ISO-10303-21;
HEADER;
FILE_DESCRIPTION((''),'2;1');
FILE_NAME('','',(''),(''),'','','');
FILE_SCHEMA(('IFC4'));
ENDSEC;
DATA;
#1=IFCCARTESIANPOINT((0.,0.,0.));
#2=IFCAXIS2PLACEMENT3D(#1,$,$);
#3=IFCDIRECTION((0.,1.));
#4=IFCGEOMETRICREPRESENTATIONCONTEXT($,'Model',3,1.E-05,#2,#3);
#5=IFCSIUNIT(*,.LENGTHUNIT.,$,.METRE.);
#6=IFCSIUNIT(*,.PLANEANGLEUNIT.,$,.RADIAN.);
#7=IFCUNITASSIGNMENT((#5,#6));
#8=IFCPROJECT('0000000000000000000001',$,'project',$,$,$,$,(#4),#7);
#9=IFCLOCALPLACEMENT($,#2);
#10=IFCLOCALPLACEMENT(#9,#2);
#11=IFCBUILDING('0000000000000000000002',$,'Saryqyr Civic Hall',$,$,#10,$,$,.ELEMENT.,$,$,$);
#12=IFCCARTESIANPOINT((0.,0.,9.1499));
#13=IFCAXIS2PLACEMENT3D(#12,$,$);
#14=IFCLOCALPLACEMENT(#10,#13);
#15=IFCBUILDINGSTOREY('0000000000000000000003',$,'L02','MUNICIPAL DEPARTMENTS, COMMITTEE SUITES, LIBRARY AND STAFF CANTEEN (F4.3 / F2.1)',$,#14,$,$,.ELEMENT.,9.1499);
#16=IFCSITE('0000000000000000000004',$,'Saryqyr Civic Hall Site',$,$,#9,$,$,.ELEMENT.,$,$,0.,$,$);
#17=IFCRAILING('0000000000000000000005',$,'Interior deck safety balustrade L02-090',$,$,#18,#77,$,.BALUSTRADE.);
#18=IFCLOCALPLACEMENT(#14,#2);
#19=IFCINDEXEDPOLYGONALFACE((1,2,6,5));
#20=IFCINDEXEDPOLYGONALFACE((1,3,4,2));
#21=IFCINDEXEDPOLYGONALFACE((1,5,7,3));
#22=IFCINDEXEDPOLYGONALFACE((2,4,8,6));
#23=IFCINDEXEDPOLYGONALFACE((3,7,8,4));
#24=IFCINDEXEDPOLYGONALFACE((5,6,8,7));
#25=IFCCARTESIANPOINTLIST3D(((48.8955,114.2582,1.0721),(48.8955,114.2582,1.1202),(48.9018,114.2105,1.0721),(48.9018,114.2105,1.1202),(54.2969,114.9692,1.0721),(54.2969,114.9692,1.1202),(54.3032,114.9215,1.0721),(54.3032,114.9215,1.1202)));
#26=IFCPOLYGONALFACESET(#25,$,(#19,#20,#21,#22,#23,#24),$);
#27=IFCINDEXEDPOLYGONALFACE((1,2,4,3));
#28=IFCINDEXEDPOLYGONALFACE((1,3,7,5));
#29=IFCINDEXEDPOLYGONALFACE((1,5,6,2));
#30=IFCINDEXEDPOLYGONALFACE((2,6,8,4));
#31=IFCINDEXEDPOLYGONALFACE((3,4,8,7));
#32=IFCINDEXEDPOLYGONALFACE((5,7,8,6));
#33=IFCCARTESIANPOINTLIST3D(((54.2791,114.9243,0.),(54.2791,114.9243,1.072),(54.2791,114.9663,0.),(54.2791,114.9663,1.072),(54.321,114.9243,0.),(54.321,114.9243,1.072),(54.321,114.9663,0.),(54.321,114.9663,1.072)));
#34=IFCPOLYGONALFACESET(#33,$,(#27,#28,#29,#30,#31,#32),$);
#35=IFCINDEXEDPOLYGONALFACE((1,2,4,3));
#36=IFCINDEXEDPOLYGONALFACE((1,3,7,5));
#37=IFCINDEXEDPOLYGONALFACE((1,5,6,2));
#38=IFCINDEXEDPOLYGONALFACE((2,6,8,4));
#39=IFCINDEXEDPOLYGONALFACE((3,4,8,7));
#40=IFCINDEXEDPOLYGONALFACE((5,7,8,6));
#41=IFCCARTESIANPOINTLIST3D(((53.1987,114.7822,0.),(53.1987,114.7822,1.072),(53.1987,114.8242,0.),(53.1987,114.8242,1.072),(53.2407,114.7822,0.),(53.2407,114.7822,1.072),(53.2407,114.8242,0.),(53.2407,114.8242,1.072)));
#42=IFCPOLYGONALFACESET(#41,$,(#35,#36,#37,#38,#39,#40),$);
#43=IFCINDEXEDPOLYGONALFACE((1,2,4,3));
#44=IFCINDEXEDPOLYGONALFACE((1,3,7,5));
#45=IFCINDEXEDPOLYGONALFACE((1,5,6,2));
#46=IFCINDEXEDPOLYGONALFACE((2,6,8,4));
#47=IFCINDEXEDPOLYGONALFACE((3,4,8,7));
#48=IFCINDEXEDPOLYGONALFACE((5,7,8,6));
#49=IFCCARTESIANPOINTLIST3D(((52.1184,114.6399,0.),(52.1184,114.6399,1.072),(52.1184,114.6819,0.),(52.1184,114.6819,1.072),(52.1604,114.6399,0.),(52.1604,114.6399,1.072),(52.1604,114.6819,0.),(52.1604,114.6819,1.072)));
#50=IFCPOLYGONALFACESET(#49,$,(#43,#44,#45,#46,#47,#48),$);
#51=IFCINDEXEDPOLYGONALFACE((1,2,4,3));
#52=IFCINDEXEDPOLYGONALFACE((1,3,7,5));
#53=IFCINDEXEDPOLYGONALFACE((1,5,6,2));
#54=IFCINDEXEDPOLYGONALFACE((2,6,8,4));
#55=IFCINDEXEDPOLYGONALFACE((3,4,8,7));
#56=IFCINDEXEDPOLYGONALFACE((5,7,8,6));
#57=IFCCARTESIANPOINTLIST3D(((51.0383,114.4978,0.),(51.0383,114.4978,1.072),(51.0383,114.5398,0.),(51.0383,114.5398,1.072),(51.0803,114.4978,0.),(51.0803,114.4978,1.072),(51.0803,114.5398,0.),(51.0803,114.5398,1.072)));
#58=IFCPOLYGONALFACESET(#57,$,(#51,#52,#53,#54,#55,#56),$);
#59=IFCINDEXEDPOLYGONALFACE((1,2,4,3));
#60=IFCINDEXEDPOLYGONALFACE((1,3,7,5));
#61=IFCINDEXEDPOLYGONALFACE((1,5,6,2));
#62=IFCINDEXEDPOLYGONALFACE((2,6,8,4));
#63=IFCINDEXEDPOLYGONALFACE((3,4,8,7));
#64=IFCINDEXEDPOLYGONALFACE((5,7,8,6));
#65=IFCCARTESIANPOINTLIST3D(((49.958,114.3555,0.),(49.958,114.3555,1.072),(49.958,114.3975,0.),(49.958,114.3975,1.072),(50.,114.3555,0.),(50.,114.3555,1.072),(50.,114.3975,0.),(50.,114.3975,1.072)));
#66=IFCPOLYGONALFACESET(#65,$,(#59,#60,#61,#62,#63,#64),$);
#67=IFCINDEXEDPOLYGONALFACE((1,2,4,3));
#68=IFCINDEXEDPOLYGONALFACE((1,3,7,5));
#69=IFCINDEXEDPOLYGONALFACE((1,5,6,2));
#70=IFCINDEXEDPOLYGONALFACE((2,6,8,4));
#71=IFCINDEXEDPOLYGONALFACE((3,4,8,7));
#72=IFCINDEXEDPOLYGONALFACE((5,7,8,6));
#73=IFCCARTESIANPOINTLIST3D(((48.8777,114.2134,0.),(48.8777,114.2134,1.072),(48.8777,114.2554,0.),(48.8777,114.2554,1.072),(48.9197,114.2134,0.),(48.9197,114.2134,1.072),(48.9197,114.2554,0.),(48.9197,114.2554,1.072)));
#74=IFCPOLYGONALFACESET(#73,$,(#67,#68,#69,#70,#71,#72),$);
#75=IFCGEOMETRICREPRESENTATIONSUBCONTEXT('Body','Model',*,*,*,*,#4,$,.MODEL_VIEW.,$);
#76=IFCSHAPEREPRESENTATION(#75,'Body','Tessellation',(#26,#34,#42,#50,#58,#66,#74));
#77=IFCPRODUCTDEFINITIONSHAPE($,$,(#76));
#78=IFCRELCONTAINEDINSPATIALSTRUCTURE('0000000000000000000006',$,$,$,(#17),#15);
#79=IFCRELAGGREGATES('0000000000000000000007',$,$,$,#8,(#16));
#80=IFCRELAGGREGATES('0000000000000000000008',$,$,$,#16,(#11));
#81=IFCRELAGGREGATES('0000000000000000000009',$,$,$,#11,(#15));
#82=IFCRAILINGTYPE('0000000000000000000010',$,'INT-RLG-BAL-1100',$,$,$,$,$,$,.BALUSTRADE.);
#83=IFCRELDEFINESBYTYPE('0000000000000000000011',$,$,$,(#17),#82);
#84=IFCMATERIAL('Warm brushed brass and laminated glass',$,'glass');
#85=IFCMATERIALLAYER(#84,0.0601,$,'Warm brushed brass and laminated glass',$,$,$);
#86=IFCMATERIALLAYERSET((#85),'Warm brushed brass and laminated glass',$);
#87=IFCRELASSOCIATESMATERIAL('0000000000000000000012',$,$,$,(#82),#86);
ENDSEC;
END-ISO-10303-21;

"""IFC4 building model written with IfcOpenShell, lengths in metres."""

from ifc_helpers import new_model, si_unit, direction, frame, origin, origin_2d, place, context, subcontext, project, spatial, rectangle, extrude, material, layer, layer_set, type_object, element, save


model = new_model("IFC4")

# Units and contexts
model_context = context("Model", 3, precision=1e-05, world=origin(), true_north=direction((0.0, 1.0)))
body_context = subcontext(model_context, "Body", "Model", "MODEL_VIEW")
ifc_project = project(units=[si_unit("LENGTHUNIT", "METRE"), si_unit("PLANEANGLEUNIT", "RADIAN")], contexts=[model_context])

# Site, building, storey
site_placement = place(None, origin())
site = spatial("IfcSite", under=ifc_project, at=site_placement, Name="Saryqyr Civic Hall Site", CompositionType="ELEMENT", RefElevation=0.0)
building_placement = place(site_placement, origin())
building = spatial("IfcBuilding", under=site, at=building_placement, Name="Saryqyr Civic Hall", CompositionType="ELEMENT")
storey_placement = place(building_placement, frame((0.0, 0.0, 9.1499)))
storey = spatial("IfcBuildingStorey", under=building, at=storey_placement, Name="L02", Description="MUNICIPAL DEPARTMENTS, COMMITTEE SUITES, LIBRARY AND STAFF CANTEEN (F4.3 / F2.1)", CompositionType="ELEMENT", Elevation=9.1499)

# Railing
ifc_material_1 = material(Name="Warm brushed brass and laminated glass", Category="glass")
ifc_layer_1 = layer(ifc_material_1, 0.0601, Name="Warm brushed brass and laminated glass")
ifc_layer_set_1 = layer_set([ifc_layer_1], Name="Warm brushed brass and laminated glass")
railing_type = type_object("IfcRailingType", Name="INT-RLG-BAL-1100", PredefinedType="BALUSTRADE", material=ifc_layer_set_1)
railing_1_placement = place(storey_placement, frame((54.3, 114.9453, 0.0)))
element("IfcRailing", 1, at=railing_1_placement, inside=storey, type_object=railing_type, Name="Interior deck safety balustrade L02-090", PredefinedType="BALUSTRADE", context=body_context, shape_type="SweptSolid", body=[
    extrude(rectangle(XDim=0.0481, YDim=0.0481, at=origin_2d()), frame((0.0, 0.0, 1.0962), z_axis=(-0.991449, -0.130496, 0.0), x_axis=(0.130496, -0.991449, 0.0)), (0.0, 0.0, 1.0), 5.448),
    extrude(rectangle(XDim=0.042, YDim=0.042, at=origin_2d()), origin(), (0.0, 0.0, 1.0), 1.072),
    extrude(rectangle(XDim=0.042, YDim=0.042, at=origin_2d()), frame((-1.0803, -0.1421, 0.0)), (0.0, 0.0, 1.0), 1.072),
    extrude(rectangle(XDim=0.042, YDim=0.042, at=origin_2d()), frame((-2.1606, -0.2844, 0.0)), (0.0, 0.0, 1.0), 1.072),
    extrude(rectangle(XDim=0.042, YDim=0.042, at=origin_2d()), frame((-3.2407, -0.4265, 0.0)), (0.0, 0.0, 1.0), 1.072),
    extrude(rectangle(XDim=0.042, YDim=0.042, at=origin_2d()), frame((-4.321, -0.5688, 0.0)), (0.0, 0.0, 1.0), 1.072),
    extrude(rectangle(XDim=0.042, YDim=0.042, at=origin_2d()), frame((-5.4014, -0.7109, 0.0)), (0.0, 0.0, 1.0), 1.072),
])

save(model, "model.ifc")
